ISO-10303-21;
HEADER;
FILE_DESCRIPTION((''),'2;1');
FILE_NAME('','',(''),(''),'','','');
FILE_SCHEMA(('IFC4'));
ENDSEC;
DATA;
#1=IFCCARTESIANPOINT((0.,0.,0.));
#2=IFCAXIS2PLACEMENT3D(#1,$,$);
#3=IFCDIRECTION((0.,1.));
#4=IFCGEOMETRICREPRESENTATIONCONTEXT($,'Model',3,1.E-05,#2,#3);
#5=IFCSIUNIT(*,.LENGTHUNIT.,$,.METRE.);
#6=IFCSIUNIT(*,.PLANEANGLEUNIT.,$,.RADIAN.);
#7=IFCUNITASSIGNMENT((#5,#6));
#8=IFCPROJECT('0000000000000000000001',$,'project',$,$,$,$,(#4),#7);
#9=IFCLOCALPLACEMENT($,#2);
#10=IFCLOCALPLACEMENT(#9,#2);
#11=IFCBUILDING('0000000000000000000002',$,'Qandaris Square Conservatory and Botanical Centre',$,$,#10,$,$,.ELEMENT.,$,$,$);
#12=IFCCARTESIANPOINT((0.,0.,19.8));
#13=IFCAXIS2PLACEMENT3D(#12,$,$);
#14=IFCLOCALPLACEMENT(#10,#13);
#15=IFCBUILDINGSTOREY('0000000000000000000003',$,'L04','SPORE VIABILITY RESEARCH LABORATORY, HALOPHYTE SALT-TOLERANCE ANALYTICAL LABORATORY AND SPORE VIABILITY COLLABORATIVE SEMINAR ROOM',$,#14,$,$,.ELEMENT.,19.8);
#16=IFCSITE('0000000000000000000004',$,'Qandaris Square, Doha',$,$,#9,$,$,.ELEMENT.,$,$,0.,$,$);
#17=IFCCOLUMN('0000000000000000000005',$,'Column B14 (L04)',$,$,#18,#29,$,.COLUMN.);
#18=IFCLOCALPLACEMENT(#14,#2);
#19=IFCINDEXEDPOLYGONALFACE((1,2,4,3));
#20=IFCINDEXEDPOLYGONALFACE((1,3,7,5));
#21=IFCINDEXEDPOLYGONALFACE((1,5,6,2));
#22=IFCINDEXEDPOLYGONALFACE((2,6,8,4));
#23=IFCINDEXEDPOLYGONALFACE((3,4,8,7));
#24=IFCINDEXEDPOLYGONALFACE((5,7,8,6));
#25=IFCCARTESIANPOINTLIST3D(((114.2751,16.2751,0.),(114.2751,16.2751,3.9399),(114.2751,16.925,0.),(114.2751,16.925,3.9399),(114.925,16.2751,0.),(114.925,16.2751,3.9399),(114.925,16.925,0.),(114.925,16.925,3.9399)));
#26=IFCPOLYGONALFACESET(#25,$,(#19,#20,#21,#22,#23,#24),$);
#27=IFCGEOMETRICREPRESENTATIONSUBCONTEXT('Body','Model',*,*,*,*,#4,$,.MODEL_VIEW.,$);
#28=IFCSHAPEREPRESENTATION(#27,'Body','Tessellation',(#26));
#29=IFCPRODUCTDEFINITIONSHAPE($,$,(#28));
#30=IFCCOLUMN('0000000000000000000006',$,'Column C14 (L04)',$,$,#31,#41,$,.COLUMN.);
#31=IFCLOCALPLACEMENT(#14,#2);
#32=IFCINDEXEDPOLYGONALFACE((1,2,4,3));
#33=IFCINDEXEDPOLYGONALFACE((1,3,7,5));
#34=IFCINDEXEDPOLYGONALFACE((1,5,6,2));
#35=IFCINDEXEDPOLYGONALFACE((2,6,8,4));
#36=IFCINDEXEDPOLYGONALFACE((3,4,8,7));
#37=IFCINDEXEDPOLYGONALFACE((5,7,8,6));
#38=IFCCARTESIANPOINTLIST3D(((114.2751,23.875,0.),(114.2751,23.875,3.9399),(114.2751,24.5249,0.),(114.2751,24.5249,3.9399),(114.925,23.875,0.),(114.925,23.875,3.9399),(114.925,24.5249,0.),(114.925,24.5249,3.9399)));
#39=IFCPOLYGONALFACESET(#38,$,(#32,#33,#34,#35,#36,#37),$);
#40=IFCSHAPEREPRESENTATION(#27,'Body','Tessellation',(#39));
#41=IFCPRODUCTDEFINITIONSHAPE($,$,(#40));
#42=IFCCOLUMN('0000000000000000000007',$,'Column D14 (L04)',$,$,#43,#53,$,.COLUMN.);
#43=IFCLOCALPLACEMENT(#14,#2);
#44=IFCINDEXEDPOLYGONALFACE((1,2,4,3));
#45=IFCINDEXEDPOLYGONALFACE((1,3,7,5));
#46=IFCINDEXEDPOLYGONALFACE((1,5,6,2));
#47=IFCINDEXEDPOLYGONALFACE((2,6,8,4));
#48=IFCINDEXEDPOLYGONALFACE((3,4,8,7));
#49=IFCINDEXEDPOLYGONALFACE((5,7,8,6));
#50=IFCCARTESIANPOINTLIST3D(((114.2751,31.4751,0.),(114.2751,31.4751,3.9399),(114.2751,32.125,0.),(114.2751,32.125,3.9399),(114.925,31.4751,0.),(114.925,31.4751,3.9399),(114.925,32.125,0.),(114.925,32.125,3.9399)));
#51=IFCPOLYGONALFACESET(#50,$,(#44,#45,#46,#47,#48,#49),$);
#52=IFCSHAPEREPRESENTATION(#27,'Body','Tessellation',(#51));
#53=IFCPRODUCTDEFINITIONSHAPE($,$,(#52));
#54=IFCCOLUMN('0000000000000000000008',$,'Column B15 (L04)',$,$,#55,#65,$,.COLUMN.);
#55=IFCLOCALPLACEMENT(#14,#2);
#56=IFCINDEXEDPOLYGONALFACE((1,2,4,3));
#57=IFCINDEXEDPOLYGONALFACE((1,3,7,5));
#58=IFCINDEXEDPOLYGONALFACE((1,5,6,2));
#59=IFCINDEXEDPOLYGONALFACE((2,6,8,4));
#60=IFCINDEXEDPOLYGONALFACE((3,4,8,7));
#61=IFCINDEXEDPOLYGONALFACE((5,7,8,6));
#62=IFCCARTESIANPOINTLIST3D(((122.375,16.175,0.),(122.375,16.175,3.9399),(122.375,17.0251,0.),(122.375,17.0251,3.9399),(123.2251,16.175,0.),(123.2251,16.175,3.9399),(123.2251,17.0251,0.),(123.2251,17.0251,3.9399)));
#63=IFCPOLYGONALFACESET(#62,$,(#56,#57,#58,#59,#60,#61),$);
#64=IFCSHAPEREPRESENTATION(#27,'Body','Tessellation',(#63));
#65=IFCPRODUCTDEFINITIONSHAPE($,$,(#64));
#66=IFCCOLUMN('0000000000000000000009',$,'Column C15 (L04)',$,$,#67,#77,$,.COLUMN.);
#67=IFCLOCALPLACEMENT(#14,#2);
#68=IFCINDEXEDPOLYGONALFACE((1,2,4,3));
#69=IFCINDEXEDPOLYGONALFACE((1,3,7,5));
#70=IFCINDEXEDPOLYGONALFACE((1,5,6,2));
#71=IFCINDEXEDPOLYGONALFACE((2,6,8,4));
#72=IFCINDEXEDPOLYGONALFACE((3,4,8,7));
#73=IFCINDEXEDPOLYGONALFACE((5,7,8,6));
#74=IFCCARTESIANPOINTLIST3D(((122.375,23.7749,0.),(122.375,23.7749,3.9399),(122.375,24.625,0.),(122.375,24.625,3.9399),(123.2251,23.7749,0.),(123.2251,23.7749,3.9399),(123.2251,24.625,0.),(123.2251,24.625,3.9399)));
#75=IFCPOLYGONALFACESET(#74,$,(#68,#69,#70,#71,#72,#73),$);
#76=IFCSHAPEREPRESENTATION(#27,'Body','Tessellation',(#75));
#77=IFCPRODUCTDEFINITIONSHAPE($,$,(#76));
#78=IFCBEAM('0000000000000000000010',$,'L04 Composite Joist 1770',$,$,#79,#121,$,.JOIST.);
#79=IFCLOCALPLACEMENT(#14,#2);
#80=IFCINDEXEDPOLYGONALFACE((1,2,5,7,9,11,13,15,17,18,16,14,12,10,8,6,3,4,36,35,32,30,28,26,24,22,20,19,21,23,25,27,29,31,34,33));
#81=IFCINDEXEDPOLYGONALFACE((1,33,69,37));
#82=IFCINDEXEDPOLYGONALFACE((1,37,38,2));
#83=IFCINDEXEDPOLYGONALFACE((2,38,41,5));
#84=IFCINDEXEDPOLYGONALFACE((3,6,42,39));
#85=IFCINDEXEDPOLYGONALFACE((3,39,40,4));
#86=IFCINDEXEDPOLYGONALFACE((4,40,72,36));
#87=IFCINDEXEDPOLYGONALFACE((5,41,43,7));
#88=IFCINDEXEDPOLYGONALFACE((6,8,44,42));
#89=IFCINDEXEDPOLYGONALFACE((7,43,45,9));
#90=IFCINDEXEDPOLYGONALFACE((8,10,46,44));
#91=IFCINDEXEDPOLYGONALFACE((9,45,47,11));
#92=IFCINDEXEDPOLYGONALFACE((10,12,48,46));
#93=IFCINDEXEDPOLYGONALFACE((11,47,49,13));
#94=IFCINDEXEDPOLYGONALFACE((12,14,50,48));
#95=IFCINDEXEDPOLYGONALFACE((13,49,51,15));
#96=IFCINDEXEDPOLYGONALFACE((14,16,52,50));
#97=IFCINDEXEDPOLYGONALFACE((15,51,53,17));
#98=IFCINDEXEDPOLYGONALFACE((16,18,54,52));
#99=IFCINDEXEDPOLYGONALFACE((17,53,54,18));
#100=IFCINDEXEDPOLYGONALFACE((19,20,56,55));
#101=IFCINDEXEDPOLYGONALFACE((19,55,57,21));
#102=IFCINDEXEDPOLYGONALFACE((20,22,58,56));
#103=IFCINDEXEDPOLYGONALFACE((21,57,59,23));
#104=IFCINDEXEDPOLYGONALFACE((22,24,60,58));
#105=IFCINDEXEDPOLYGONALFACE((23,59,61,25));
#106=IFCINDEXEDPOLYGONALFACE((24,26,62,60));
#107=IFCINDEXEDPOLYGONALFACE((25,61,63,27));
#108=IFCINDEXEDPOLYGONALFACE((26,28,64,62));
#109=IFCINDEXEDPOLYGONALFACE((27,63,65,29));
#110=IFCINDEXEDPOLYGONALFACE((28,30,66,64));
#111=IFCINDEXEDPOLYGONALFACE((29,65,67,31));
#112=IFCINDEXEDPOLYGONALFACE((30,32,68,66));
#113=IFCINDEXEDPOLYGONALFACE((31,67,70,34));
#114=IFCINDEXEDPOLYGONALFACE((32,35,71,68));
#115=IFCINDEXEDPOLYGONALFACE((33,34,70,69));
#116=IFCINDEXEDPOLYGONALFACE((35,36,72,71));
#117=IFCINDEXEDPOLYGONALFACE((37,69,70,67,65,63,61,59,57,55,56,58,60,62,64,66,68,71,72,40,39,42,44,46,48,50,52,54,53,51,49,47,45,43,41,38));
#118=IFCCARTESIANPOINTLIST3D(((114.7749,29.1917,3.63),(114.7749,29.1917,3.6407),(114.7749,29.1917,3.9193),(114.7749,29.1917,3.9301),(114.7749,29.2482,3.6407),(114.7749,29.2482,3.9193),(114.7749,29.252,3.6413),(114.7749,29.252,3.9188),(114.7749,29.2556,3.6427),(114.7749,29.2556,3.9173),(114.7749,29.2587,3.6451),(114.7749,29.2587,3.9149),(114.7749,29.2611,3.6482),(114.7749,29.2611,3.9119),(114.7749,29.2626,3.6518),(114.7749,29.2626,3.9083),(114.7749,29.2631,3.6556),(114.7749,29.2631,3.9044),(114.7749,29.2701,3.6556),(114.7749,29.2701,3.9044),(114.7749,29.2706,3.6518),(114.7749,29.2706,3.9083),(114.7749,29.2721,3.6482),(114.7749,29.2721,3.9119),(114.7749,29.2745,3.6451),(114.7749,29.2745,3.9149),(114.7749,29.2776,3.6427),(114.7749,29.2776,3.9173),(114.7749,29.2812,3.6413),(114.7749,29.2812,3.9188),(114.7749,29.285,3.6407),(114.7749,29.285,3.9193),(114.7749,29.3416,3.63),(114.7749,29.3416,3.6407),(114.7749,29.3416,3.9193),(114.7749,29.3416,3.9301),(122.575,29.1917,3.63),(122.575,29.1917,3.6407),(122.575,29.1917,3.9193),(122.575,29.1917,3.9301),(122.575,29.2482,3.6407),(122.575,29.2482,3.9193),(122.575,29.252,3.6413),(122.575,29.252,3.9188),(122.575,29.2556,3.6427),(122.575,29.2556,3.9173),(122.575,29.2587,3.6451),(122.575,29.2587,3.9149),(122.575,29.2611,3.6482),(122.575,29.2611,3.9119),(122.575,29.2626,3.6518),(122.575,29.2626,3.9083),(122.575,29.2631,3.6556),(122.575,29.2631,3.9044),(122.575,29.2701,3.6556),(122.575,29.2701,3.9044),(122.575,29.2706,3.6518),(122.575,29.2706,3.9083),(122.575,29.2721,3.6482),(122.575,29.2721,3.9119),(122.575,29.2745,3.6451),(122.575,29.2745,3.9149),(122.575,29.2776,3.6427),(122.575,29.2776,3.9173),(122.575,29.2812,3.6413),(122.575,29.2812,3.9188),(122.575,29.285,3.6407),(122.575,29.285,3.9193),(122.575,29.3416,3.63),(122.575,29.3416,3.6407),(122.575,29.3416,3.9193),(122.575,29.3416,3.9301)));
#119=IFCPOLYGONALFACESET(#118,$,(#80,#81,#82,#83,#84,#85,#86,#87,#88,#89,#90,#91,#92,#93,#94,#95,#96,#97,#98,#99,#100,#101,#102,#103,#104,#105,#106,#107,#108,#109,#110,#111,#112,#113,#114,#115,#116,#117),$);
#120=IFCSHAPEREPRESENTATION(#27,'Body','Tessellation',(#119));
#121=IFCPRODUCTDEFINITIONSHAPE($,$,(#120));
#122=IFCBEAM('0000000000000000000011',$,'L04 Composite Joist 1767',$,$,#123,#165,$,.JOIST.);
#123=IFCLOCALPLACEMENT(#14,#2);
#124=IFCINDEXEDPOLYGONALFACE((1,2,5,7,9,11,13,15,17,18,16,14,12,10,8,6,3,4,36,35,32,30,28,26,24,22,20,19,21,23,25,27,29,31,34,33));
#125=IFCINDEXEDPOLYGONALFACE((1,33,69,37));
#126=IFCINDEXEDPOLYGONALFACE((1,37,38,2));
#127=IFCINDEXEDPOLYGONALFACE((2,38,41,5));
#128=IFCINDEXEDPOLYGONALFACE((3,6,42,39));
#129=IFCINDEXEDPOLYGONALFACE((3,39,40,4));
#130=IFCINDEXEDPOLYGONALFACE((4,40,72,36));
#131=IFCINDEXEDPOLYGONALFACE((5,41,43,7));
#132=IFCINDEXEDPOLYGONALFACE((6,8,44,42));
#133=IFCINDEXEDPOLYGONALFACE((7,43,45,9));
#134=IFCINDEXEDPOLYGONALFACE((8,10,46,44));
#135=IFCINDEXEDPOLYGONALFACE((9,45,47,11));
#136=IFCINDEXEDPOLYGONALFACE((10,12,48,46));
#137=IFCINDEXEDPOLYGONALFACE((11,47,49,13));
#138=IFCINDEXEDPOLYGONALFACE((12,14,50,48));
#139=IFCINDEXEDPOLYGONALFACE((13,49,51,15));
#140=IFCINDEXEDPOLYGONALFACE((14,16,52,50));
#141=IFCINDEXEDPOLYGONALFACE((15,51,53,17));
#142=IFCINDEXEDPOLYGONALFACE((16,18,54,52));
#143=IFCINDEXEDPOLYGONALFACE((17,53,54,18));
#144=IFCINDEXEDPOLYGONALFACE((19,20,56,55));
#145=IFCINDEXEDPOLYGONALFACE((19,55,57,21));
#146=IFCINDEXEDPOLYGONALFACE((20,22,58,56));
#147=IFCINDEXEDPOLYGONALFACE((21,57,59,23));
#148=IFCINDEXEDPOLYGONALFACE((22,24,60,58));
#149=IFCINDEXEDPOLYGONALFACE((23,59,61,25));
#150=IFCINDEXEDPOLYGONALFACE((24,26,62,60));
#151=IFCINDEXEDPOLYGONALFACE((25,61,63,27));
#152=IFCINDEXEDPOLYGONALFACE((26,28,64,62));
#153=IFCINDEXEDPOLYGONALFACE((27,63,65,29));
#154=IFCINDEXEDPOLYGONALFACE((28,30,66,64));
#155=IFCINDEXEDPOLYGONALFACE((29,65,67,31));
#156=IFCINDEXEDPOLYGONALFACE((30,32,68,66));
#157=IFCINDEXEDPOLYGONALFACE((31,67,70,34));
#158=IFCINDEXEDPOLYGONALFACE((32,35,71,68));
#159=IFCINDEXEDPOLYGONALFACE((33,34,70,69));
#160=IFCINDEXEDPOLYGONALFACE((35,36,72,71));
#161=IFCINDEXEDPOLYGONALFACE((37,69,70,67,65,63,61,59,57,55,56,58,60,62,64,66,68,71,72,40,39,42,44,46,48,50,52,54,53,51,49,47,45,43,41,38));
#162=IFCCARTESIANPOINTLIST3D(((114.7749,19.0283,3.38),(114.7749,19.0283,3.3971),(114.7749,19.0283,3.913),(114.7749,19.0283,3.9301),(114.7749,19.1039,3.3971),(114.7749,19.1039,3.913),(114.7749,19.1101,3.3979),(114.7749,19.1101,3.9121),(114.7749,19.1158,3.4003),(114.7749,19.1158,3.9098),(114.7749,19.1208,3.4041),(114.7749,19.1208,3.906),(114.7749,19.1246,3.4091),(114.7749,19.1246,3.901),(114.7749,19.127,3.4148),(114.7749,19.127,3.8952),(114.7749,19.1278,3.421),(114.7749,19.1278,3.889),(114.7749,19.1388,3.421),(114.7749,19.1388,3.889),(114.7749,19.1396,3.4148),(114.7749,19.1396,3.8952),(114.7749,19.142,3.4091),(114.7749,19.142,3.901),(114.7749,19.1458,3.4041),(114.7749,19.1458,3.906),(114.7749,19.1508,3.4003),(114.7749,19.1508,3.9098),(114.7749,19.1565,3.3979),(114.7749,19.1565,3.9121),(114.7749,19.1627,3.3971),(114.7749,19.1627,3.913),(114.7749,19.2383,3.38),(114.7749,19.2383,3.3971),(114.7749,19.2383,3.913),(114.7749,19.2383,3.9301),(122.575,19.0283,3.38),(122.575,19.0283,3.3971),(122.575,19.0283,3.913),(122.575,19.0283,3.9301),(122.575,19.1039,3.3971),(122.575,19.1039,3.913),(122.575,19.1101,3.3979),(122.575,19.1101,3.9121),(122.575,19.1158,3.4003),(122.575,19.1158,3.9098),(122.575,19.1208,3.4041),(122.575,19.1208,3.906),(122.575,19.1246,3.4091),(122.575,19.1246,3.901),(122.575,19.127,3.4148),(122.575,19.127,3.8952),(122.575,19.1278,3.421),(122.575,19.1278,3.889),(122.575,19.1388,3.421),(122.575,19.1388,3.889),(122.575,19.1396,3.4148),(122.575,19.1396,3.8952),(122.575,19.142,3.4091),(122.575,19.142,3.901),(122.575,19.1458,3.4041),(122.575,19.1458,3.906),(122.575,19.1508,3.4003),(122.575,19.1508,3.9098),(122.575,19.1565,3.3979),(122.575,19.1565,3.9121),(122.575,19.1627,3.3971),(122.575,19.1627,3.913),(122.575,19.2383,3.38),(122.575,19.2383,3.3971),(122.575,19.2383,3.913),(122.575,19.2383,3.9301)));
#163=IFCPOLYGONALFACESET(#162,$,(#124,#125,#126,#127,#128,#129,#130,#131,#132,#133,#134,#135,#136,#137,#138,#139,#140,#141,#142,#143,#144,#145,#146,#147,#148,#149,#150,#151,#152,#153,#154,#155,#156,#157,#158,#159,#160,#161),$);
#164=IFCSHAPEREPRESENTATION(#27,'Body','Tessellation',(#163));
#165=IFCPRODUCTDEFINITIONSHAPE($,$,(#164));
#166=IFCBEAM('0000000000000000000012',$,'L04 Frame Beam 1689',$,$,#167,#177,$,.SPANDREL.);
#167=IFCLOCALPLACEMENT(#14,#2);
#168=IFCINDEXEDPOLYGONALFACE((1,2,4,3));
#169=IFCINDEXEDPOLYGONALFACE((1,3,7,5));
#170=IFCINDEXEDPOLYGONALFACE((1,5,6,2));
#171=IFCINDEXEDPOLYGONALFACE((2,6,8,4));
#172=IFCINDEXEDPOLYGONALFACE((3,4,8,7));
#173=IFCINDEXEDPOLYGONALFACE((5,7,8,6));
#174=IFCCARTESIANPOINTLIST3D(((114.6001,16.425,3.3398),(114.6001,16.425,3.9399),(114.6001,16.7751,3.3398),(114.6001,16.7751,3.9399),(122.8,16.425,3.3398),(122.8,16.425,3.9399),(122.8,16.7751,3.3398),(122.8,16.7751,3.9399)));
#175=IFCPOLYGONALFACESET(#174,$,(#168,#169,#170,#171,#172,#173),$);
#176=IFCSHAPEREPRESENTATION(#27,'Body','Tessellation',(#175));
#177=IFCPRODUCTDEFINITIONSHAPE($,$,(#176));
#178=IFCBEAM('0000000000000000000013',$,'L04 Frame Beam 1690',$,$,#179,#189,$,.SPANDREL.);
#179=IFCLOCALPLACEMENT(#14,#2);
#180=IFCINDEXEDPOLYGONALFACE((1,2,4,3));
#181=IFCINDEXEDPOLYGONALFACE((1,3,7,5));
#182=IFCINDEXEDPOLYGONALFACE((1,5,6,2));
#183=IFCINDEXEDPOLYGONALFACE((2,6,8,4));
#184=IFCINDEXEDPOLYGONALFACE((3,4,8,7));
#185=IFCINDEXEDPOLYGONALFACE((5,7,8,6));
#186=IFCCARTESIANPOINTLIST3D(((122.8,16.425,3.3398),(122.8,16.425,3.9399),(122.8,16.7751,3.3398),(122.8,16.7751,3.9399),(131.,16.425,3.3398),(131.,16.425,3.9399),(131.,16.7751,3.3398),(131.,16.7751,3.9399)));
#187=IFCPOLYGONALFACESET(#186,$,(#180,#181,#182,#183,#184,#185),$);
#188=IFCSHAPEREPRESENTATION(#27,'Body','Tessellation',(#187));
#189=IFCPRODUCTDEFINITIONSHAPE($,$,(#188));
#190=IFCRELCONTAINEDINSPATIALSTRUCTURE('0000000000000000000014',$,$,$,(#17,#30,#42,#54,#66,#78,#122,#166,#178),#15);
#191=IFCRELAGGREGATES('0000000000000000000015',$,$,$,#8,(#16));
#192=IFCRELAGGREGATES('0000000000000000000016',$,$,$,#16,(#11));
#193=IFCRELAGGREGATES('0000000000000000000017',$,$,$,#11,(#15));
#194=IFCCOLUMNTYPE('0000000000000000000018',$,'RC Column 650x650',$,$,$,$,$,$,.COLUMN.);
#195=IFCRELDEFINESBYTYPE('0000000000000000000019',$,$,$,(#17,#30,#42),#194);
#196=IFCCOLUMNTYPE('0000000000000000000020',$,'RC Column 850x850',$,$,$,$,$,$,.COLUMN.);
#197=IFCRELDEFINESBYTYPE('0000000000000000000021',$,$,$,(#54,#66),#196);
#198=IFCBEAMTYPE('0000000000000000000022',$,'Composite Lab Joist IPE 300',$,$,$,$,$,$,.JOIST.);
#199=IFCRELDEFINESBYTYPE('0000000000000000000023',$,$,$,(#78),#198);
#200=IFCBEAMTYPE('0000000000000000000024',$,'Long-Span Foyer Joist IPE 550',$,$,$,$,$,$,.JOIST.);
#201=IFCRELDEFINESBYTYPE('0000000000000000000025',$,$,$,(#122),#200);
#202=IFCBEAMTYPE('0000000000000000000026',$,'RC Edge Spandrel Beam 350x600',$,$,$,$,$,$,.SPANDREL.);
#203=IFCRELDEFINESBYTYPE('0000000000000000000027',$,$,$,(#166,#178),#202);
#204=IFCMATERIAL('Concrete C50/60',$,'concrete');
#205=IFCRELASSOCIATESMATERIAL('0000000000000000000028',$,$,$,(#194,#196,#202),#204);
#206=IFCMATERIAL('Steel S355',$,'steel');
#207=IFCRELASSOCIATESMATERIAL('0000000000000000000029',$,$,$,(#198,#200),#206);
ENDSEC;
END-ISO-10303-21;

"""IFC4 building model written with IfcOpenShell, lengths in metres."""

from ifc_helpers import new_model, si_unit, direction, frame, origin, origin_2d, place, context, subcontext, project, spatial, rectangle, i_section, extrude, material, material_profile, profile_set, type_object, element, save


model = new_model("IFC4")

# Units and contexts
model_context = context("Model", 3, precision=1e-05, world=origin(), true_north=direction((0.0, 1.0)))
body_context = subcontext(model_context, "Body", "Model", "MODEL_VIEW")
ifc_project = project(units=[si_unit("LENGTHUNIT", "METRE"), si_unit("PLANEANGLEUNIT", "RADIAN")], contexts=[model_context])

# Site, building, storey
site_placement = place(None, origin())
site = spatial("IfcSite", under=ifc_project, at=site_placement, Name="Qandaris Square, Doha", CompositionType="ELEMENT", RefElevation=0.0)
building_placement = place(site_placement, origin())
building = spatial("IfcBuilding", under=site, at=building_placement, Name="Qandaris Square Conservatory and Botanical Centre", CompositionType="ELEMENT")
storey_placement = place(building_placement, frame((0.0, 0.0, 19.8)))
storey = spatial("IfcBuildingStorey", under=building, at=storey_placement, Name="L04", Description="SPORE VIABILITY RESEARCH LABORATORY, HALOPHYTE SALT-TOLERANCE ANALYTICAL LABORATORY AND SPORE VIABILITY COLLABORATIVE SEMINAR ROOM", CompositionType="ELEMENT", Elevation=19.8)

# Columns
ifc_material_1 = material(Name="Concrete C50/60", Category="concrete")
ifc_material_profile_1 = material_profile(ifc_material_1, rectangle(XDim=0.6499, YDim=0.6499, at=origin_2d()), Name="RC-COL 650x650")
ifc_profile_set_1 = profile_set([ifc_material_profile_1], Name="Concrete C50/60")
column_type_1 = type_object("IfcColumnType", Name="RC Column 650x650", PredefinedType="COLUMN", material=ifc_profile_set_1)
for number, where, z_axis, x_axis, name in (
    (1, (114.6001, 16.6001, 0.0), (0.0, 0.0, 1.0), (1.0, 0.0, 0.0), "Column B14 (L04)"),
    (2, (114.6001, 24.2, 0.0), (0.0, 0.0, 1.0), (1.0, 0.0, 0.0), "Column C14 (L04)"),
    (3, (114.6001, 31.8, 0.0), (0.0, 0.0, 1.0), (1.0, 0.0, 0.0), "Column D14 (L04)"),
):
    element("IfcColumn", number, at=place(storey_placement, frame(where, z_axis=z_axis, x_axis=x_axis)), inside=storey, type_object=column_type_1, Name=name, PredefinedType="COLUMN", context=body_context, shape_type="SweptSolid", body=[
        extrude(rectangle(XDim=0.6499, YDim=0.6499, at=origin_2d()), origin(), (0.0, 0.0, 1.0), 3.9399),
    ])
ifc_material_profile_2 = material_profile(ifc_material_1, rectangle(XDim=0.8501, YDim=0.8501, at=origin_2d()), Name="RC-COL 850x850")
ifc_profile_set_2 = profile_set([ifc_material_profile_2], Name="Concrete C50/60")
column_type_2 = type_object("IfcColumnType", Name="RC Column 850x850", PredefinedType="COLUMN", material=ifc_profile_set_2)
for number, where, z_axis, x_axis, name in (
    (4, (122.8, 16.6001, 0.0), (0.0, 0.0, 1.0), (1.0, 0.0, 0.0), "Column B15 (L04)"),
    (5, (122.8, 24.2, 0.0), (0.0, 0.0, 1.0), (1.0, 0.0, 0.0), "Column C15 (L04)"),
):
    element("IfcColumn", number, at=place(storey_placement, frame(where, z_axis=z_axis, x_axis=x_axis)), inside=storey, type_object=column_type_2, Name=name, PredefinedType="COLUMN", context=body_context, shape_type="SweptSolid", body=[
        extrude(rectangle(XDim=0.8501, YDim=0.8501, at=origin_2d()), origin(), (0.0, 0.0, 1.0), 3.9399),
    ])

# Beams
ifc_material_2 = material(Name="Steel S355", Category="steel")
ifc_material_profile_3 = material_profile(ifc_material_2, i_section(OverallWidth=0.1499, OverallDepth=0.3, WebThickness=0.0071, FlangeThickness=0.0107, FilletRadius=0.0149, at=origin_2d()), Name="IPE 300")
ifc_profile_set_3 = profile_set([ifc_material_profile_3], Name="Steel S355")
beam_type_1 = type_object("IfcBeamType", Name="Composite Lab Joist IPE 300", PredefinedType="JOIST", material=ifc_profile_set_3)
beam_1_placement = place(storey_placement, frame((114.7749, 29.2666, 3.78), z_axis=(1.0, 0.0, 0.0), x_axis=(0.0, 1.0, 0.0)))
element("IfcBeam", 6, at=beam_1_placement, inside=storey, type_object=beam_type_1, Name="L04 Composite Joist 1770", PredefinedType="JOIST", context=body_context, shape_type="SweptSolid", body=[
    extrude(i_section(OverallWidth=0.1499, OverallDepth=0.3, WebThickness=0.0071, FlangeThickness=0.0107, FilletRadius=0.0149, at=origin_2d()), origin(), (0.0, 0.0, 1.0), 7.8),
])
ifc_material_profile_4 = material_profile(ifc_material_2, i_section(OverallWidth=0.21, OverallDepth=0.55, WebThickness=0.011, FlangeThickness=0.0171, FilletRadius=0.0239, at=origin_2d()), Name="IPE 550")
ifc_profile_set_4 = profile_set([ifc_material_profile_4], Name="Steel S355")
beam_type_2 = type_object("IfcBeamType", Name="Long-Span Foyer Joist IPE 550", PredefinedType="JOIST", material=ifc_profile_set_4)
beam_2_placement = place(storey_placement, frame((114.7749, 19.1333, 3.655), z_axis=(1.0, 0.0, 0.0), x_axis=(0.0, 1.0, 0.0)))
element("IfcBeam", 7, at=beam_2_placement, inside=storey, type_object=beam_type_2, Name="L04 Composite Joist 1767", PredefinedType="JOIST", context=body_context, shape_type="SweptSolid", body=[
    extrude(i_section(OverallWidth=0.21, OverallDepth=0.55, WebThickness=0.011, FlangeThickness=0.0171, FilletRadius=0.0239, at=origin_2d()), origin(), (0.0, 0.0, 1.0), 7.8),
])
ifc_material_profile_5 = material_profile(ifc_material_1, rectangle(XDim=0.3501, YDim=0.6001, at=origin_2d()), Name="RC-SP 350x600")
ifc_profile_set_5 = profile_set([ifc_material_profile_5], Name="Concrete C50/60")
beam_type_3 = type_object("IfcBeamType", Name="RC Edge Spandrel Beam 350x600", PredefinedType="SPANDREL", material=ifc_profile_set_5)
for number, where, z_axis, x_axis, name in (
    (8, (114.6001, 16.6001, 3.6399), (1.0, 0.0, 0.0), (0.0, 1.0, 0.0), "L04 Frame Beam 1689"),
    (9, (122.8, 16.6001, 3.6399), (1.0, 0.0, 0.0), (0.0, 1.0, 0.0), "L04 Frame Beam 1690"),
):
    element("IfcBeam", number, at=place(storey_placement, frame(where, z_axis=z_axis, x_axis=x_axis)), inside=storey, type_object=beam_type_3, Name=name, PredefinedType="SPANDREL", context=body_context, shape_type="SweptSolid", body=[
        extrude(rectangle(XDim=0.3501, YDim=0.6001, at=origin_2d()), origin(), (0.0, 0.0, 1.0), 8.2),
    ])

save(model, "model.ifc")
